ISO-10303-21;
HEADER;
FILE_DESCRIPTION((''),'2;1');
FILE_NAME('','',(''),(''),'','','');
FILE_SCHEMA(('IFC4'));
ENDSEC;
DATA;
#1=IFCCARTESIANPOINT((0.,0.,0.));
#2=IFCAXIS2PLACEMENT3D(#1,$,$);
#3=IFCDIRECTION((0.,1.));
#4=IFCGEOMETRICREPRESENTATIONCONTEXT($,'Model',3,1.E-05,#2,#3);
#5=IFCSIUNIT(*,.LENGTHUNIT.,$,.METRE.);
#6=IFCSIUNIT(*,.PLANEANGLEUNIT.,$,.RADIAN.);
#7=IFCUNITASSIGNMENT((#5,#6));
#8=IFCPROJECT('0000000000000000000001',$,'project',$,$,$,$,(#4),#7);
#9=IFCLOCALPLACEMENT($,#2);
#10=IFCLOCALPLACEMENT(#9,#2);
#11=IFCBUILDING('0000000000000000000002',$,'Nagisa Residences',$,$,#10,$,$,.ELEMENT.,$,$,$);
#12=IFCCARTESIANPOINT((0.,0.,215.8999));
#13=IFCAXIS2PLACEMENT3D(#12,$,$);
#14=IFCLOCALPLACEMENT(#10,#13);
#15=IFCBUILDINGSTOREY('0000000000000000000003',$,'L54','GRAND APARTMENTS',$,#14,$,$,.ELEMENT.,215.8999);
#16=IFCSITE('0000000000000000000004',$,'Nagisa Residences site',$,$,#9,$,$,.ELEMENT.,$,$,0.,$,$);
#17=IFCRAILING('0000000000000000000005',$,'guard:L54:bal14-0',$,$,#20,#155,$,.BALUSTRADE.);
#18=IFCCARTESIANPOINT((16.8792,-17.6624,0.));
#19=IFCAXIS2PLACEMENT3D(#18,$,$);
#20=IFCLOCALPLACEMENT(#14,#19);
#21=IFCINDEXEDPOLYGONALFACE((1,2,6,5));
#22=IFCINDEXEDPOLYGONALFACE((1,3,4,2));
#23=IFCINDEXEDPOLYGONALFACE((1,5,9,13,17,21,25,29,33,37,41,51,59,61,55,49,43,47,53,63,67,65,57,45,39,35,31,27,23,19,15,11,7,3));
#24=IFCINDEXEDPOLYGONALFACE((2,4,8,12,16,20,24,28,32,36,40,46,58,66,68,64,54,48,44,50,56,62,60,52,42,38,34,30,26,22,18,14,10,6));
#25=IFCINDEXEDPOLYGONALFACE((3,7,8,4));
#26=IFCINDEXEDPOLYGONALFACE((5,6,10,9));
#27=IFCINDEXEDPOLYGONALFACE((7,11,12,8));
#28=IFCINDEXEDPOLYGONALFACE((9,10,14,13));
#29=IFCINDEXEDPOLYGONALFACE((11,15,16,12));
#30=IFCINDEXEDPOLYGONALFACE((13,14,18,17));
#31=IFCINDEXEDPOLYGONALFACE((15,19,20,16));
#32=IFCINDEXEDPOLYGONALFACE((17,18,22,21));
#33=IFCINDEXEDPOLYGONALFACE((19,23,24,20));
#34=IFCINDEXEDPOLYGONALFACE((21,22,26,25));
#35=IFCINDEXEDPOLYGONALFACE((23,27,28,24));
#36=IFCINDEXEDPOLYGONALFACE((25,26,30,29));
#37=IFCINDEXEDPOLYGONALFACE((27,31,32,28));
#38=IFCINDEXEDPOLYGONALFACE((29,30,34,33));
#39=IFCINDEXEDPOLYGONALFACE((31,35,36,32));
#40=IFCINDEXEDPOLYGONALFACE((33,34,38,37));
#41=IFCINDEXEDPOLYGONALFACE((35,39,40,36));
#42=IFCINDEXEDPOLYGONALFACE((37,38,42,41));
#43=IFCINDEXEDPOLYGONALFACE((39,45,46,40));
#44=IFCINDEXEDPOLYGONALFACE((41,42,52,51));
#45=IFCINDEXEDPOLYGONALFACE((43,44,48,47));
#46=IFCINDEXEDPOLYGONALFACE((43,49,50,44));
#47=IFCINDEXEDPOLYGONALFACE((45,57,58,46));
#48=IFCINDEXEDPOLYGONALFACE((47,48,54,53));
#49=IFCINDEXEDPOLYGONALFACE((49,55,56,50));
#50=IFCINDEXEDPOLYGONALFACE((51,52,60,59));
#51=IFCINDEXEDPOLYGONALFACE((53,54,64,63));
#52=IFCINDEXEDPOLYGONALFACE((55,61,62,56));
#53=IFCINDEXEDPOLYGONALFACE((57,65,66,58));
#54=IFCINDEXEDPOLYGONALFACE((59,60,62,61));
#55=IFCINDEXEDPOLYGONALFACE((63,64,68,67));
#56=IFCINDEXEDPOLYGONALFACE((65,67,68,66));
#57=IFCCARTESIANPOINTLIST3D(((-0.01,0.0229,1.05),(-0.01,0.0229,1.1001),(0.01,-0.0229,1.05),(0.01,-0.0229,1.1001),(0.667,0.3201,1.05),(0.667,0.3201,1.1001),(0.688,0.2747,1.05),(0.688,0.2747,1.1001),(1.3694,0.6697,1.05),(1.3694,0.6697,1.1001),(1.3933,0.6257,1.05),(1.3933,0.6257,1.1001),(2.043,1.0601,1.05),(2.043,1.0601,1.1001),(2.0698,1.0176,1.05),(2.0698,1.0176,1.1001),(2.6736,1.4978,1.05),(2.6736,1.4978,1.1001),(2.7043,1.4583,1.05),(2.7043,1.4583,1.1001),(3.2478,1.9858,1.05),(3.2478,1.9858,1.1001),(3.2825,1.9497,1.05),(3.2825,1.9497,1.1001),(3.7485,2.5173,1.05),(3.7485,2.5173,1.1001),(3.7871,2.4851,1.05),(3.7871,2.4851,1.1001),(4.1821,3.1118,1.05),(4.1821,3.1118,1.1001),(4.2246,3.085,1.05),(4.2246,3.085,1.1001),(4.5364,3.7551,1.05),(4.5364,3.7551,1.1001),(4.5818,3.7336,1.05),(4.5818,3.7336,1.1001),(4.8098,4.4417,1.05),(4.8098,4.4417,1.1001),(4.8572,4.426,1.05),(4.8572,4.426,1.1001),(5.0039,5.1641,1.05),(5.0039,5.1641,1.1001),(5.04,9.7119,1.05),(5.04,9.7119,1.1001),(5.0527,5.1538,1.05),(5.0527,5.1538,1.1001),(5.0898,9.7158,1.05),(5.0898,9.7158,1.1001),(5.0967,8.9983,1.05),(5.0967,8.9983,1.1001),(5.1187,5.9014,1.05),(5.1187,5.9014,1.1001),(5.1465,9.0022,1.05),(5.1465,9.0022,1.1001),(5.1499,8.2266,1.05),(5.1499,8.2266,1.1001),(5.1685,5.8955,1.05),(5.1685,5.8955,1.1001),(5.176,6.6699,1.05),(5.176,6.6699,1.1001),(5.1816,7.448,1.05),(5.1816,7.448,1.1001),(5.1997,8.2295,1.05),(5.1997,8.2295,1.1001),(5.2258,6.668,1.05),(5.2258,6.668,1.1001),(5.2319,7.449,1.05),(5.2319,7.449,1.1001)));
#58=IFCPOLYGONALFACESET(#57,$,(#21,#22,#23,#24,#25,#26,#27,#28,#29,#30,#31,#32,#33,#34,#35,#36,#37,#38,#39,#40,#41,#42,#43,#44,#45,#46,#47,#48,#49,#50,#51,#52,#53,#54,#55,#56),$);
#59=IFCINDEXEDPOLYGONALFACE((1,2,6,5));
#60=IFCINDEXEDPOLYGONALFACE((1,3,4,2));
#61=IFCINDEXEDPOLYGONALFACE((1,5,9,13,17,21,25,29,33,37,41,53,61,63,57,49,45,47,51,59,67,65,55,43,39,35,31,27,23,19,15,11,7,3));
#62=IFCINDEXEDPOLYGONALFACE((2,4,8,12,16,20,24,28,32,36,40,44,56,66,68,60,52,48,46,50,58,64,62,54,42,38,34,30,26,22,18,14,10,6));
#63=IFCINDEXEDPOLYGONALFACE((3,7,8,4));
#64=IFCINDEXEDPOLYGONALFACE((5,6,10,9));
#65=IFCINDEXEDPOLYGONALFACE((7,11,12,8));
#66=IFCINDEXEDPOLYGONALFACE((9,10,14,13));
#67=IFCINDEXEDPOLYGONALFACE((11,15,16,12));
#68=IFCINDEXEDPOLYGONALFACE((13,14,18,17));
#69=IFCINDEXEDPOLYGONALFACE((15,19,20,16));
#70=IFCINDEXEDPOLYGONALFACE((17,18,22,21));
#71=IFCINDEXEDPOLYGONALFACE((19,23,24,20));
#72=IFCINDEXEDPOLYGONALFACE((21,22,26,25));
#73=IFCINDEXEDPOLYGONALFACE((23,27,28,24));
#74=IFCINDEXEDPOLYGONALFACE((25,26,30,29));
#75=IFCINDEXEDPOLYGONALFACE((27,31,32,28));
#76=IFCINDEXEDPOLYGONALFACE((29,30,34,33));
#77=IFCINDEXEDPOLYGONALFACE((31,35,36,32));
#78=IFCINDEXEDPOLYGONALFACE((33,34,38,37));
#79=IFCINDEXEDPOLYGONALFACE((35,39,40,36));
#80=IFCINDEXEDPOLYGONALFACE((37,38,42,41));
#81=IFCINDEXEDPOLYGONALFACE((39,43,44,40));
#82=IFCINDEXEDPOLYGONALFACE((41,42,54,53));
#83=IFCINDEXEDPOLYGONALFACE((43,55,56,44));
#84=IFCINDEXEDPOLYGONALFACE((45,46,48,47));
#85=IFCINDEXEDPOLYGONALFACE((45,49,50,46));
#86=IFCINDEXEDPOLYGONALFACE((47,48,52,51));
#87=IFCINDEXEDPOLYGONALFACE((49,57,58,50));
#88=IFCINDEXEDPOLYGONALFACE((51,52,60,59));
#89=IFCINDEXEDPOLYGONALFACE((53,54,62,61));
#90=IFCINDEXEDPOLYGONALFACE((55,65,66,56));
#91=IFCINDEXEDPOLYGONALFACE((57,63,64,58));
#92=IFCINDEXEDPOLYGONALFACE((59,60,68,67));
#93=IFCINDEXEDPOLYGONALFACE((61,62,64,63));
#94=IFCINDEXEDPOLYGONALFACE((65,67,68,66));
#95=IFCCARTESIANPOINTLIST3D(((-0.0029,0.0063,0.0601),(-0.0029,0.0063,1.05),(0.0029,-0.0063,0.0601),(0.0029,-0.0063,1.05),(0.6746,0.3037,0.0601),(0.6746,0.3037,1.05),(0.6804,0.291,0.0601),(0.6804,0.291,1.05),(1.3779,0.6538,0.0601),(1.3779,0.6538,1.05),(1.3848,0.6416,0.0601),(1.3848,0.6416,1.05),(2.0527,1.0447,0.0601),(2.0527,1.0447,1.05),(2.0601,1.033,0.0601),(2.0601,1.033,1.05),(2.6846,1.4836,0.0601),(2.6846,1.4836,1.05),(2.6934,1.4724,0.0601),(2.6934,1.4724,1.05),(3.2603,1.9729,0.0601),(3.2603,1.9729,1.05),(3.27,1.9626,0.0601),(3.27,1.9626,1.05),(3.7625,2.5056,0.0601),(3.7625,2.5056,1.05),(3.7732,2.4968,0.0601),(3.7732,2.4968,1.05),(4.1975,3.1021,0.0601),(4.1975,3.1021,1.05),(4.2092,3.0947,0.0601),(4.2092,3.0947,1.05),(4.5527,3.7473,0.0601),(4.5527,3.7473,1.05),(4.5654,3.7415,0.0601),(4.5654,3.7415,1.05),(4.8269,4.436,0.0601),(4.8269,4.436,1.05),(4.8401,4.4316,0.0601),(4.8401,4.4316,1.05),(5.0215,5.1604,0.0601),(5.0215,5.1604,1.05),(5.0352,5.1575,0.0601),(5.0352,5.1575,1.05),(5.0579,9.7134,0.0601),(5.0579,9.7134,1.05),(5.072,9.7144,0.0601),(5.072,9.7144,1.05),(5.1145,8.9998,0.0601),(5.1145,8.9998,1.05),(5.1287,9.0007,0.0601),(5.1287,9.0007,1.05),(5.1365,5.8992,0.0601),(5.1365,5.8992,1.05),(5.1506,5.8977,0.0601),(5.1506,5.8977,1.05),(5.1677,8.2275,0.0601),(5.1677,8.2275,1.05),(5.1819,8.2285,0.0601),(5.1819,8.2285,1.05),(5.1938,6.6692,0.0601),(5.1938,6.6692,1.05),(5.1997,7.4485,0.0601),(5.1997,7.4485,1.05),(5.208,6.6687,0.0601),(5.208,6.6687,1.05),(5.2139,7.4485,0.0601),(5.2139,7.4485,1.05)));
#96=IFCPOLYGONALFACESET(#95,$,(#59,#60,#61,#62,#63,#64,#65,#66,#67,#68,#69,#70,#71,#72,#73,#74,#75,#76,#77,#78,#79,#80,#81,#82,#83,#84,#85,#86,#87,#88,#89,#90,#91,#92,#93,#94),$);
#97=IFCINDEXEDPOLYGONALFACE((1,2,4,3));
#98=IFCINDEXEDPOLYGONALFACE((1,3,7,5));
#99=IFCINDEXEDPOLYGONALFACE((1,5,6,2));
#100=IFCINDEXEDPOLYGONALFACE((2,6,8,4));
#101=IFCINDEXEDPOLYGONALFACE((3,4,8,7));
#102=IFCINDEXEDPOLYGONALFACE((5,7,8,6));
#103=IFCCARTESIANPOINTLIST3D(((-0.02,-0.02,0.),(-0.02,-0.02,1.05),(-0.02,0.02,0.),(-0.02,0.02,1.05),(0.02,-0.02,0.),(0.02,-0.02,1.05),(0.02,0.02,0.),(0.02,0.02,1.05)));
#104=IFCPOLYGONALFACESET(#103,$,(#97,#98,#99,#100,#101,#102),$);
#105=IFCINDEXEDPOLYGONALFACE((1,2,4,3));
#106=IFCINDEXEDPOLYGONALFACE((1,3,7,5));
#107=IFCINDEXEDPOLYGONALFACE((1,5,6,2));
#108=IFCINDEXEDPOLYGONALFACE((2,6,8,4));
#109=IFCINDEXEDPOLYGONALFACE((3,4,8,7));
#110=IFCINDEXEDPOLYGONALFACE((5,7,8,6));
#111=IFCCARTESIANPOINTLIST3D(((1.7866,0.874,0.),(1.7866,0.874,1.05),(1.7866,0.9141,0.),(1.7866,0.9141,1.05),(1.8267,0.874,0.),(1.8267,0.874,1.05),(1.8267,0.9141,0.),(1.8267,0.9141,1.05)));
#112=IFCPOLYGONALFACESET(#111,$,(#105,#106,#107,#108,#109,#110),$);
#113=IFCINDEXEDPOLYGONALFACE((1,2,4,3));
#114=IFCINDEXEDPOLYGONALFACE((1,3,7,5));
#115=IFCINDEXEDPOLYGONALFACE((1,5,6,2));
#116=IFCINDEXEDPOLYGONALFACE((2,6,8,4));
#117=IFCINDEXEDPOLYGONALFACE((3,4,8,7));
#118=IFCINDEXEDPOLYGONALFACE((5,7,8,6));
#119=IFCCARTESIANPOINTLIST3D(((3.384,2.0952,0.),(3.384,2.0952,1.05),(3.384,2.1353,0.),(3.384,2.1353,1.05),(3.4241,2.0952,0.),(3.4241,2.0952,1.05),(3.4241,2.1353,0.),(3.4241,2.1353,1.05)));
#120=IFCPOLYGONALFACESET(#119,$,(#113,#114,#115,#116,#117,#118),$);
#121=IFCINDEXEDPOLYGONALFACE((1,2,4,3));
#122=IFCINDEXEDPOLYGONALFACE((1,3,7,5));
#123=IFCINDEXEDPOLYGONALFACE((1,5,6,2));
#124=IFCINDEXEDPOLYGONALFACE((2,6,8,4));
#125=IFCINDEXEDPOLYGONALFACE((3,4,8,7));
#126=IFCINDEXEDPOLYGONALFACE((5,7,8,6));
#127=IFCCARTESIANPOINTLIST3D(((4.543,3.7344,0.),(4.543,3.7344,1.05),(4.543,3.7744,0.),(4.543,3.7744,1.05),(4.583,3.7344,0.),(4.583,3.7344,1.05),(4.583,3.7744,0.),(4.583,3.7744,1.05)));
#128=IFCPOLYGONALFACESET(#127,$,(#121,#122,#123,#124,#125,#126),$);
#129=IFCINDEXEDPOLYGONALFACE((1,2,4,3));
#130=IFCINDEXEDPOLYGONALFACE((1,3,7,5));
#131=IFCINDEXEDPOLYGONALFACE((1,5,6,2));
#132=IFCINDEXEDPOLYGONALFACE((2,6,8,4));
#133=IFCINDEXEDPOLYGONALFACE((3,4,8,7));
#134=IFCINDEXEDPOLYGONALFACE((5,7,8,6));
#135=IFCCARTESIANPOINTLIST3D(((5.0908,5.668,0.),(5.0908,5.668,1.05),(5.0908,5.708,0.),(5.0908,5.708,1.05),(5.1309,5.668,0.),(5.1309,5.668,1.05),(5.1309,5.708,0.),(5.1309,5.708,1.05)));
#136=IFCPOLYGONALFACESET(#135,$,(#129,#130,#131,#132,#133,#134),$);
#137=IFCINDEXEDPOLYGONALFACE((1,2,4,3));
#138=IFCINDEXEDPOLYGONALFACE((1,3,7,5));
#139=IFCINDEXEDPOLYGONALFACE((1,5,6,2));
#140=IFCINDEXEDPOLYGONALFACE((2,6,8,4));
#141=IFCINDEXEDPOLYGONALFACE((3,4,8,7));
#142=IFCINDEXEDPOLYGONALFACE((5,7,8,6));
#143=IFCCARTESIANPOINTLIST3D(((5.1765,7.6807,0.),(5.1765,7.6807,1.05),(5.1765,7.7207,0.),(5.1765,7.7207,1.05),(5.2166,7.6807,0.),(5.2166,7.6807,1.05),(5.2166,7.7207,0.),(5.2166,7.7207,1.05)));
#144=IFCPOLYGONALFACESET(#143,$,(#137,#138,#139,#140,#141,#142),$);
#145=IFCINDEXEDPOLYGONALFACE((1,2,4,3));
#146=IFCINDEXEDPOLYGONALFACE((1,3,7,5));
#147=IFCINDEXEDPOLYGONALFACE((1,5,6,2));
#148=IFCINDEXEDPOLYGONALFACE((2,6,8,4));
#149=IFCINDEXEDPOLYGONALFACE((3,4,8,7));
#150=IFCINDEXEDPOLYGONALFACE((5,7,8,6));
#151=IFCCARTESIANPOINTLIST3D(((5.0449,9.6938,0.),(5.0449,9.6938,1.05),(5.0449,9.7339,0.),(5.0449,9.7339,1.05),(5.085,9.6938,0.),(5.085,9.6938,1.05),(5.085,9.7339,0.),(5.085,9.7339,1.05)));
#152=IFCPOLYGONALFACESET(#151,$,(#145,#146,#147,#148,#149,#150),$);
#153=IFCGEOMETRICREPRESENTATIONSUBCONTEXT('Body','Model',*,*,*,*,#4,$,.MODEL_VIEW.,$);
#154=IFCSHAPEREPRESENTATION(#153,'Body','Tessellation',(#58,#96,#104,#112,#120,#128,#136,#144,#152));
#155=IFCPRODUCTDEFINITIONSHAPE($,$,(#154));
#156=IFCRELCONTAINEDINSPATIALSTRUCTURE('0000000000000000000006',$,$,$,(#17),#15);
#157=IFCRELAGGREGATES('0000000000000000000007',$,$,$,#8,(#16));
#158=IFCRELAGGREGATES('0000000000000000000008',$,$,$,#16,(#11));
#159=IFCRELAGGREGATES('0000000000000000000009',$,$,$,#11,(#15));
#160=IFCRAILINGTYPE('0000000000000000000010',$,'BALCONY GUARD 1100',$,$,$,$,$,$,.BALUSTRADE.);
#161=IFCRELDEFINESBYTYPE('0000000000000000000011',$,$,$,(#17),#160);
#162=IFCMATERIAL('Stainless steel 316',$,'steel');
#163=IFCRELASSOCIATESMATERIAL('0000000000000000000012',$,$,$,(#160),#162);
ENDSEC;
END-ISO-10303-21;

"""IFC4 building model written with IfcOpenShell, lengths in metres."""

from ifc_helpers import new_model, si_unit, direction, frame, origin, origin_2d, place, context, subcontext, project, spatial, polyline, rectangle, outline, extrude, material, type_object, element, save


model = new_model("IFC4")

# Units and contexts
model_context = context("Model", 3, precision=1e-05, world=origin(), true_north=direction((0.0, 1.0)))
body_context = subcontext(model_context, "Body", "Model", "MODEL_VIEW")
ifc_project = project(units=[si_unit("LENGTHUNIT", "METRE"), si_unit("PLANEANGLEUNIT", "RADIAN")], contexts=[model_context])

# Site, building, storey
site_placement = place(None, origin())
site = spatial("IfcSite", under=ifc_project, at=site_placement, Name="Nagisa Residences site", CompositionType="ELEMENT", RefElevation=0.0)
building_placement = place(site_placement, origin())
building = spatial("IfcBuilding", under=site, at=building_placement, Name="Nagisa Residences", CompositionType="ELEMENT")
storey_placement = place(building_placement, frame((0.0, 0.0, 215.8999)))
storey = spatial("IfcBuildingStorey", under=building, at=storey_placement, Name="L54", Description="GRAND APARTMENTS", CompositionType="ELEMENT", Elevation=215.8999)

# Railing
ifc_material_1 = material(Name="Stainless steel 316", Category="steel")
railing_type = type_object("IfcRailingType", Name="BALCONY GUARD 1100", PredefinedType="BALUSTRADE", material=ifc_material_1)
railing_placement = place(storey_placement, frame((16.8792, -17.6624, 0.0)))
element("IfcRailing", 1, at=railing_placement, inside=storey, type_object=railing_type, Name="guard:L54:bal14-0", PredefinedType="BALUSTRADE", context=body_context, shape_type="SweptSolid", body=[
    extrude(outline(polyline([(0.667, 0.3201), (-0.01, 0.0229), (0.01, -0.0229), (0.688, 0.2747), (1.3933, 0.6257), (2.0698, 1.0176), (2.7043, 1.4583), (3.2825, 1.9497), (3.7871, 2.4851), (4.2246, 3.085), (4.5818, 3.7336), (4.8572, 4.426), (5.0527, 5.1538), (5.1685, 5.8955), (5.2258, 6.668), (5.2319, 7.449), (5.1997, 8.2295), (5.1465, 9.0022), (5.0898, 9.7158), (5.04, 9.7119), (5.0967, 8.9983), (5.1499, 8.2266), (5.1816, 7.448), (5.176, 6.6699), (5.1187, 5.9014), (5.0039, 5.1641), (4.8098, 4.4417), (4.5364, 3.7551), (4.1821, 3.1118), (3.7485, 2.5173), (3.2478, 1.9858), (2.6736, 1.4978), (2.043, 1.0601), (1.3694, 0.6697), (0.667, 0.3201)])), frame((0.0, 0.0, 1.05)), (0.0, 0.0, 1.0), 0.05),
    extrude(outline(polyline([(0.6746, 0.3037), (-0.0029, 0.0063), (0.0029, -0.0063), (0.6804, 0.291), (1.3848, 0.6416), (2.0601, 1.033), (2.6934, 1.4724), (3.27, 1.9626), (3.7732, 2.4968), (4.2092, 3.0947), (4.5654, 3.7415), (4.8401, 4.4316), (5.0352, 5.1575), (5.1506, 5.8977), (5.208, 6.6687), (5.2139, 7.4485), (5.1819, 8.2285), (5.1287, 9.0007), (5.072, 9.7144), (5.0579, 9.7134), (5.1145, 8.9998), (5.1677, 8.2275), (5.1997, 7.4485), (5.1938, 6.6692), (5.1365, 5.8992), (5.0215, 5.1604), (4.8269, 4.436), (4.5527, 3.7473), (4.1975, 3.1021), (3.7625, 2.5056), (3.2603, 1.9729), (2.6846, 1.4836), (2.0527, 1.0447), (1.3779, 0.6538), (0.6746, 0.3037)])), frame((0.0, 0.0, 0.0601)), (0.0, 0.0, 1.0), 0.99),
    extrude(rectangle(XDim=0.04, YDim=0.04, at=origin_2d()), origin(), (0.0, 0.0, 1.0), 1.05),
    extrude(rectangle(XDim=0.04, YDim=0.04, at=origin_2d()), frame((1.8066, 0.894, 0.0)), (0.0, 0.0, 1.0), 1.05),
    extrude(rectangle(XDim=0.04, YDim=0.04, at=origin_2d()), frame((3.4041, 2.1152, 0.0)), (0.0, 0.0, 1.0), 1.05),
    extrude(rectangle(XDim=0.04, YDim=0.04, at=origin_2d()), frame((4.563, 3.7544, 0.0)), (0.0, 0.0, 1.0), 1.05),
    extrude(rectangle(XDim=0.04, YDim=0.04, at=origin_2d()), frame((5.1108, 5.688, 0.0)), (0.0, 0.0, 1.0), 1.05),
    extrude(rectangle(XDim=0.04, YDim=0.04, at=origin_2d()), frame((5.1965, 7.7007, 0.0)), (0.0, 0.0, 1.0), 1.05),
    extrude(rectangle(XDim=0.04, YDim=0.04, at=origin_2d()), frame((5.0649, 9.7139, 0.0)), (0.0, 0.0, 1.0), 1.05),
])

save(model, "model.ifc")
